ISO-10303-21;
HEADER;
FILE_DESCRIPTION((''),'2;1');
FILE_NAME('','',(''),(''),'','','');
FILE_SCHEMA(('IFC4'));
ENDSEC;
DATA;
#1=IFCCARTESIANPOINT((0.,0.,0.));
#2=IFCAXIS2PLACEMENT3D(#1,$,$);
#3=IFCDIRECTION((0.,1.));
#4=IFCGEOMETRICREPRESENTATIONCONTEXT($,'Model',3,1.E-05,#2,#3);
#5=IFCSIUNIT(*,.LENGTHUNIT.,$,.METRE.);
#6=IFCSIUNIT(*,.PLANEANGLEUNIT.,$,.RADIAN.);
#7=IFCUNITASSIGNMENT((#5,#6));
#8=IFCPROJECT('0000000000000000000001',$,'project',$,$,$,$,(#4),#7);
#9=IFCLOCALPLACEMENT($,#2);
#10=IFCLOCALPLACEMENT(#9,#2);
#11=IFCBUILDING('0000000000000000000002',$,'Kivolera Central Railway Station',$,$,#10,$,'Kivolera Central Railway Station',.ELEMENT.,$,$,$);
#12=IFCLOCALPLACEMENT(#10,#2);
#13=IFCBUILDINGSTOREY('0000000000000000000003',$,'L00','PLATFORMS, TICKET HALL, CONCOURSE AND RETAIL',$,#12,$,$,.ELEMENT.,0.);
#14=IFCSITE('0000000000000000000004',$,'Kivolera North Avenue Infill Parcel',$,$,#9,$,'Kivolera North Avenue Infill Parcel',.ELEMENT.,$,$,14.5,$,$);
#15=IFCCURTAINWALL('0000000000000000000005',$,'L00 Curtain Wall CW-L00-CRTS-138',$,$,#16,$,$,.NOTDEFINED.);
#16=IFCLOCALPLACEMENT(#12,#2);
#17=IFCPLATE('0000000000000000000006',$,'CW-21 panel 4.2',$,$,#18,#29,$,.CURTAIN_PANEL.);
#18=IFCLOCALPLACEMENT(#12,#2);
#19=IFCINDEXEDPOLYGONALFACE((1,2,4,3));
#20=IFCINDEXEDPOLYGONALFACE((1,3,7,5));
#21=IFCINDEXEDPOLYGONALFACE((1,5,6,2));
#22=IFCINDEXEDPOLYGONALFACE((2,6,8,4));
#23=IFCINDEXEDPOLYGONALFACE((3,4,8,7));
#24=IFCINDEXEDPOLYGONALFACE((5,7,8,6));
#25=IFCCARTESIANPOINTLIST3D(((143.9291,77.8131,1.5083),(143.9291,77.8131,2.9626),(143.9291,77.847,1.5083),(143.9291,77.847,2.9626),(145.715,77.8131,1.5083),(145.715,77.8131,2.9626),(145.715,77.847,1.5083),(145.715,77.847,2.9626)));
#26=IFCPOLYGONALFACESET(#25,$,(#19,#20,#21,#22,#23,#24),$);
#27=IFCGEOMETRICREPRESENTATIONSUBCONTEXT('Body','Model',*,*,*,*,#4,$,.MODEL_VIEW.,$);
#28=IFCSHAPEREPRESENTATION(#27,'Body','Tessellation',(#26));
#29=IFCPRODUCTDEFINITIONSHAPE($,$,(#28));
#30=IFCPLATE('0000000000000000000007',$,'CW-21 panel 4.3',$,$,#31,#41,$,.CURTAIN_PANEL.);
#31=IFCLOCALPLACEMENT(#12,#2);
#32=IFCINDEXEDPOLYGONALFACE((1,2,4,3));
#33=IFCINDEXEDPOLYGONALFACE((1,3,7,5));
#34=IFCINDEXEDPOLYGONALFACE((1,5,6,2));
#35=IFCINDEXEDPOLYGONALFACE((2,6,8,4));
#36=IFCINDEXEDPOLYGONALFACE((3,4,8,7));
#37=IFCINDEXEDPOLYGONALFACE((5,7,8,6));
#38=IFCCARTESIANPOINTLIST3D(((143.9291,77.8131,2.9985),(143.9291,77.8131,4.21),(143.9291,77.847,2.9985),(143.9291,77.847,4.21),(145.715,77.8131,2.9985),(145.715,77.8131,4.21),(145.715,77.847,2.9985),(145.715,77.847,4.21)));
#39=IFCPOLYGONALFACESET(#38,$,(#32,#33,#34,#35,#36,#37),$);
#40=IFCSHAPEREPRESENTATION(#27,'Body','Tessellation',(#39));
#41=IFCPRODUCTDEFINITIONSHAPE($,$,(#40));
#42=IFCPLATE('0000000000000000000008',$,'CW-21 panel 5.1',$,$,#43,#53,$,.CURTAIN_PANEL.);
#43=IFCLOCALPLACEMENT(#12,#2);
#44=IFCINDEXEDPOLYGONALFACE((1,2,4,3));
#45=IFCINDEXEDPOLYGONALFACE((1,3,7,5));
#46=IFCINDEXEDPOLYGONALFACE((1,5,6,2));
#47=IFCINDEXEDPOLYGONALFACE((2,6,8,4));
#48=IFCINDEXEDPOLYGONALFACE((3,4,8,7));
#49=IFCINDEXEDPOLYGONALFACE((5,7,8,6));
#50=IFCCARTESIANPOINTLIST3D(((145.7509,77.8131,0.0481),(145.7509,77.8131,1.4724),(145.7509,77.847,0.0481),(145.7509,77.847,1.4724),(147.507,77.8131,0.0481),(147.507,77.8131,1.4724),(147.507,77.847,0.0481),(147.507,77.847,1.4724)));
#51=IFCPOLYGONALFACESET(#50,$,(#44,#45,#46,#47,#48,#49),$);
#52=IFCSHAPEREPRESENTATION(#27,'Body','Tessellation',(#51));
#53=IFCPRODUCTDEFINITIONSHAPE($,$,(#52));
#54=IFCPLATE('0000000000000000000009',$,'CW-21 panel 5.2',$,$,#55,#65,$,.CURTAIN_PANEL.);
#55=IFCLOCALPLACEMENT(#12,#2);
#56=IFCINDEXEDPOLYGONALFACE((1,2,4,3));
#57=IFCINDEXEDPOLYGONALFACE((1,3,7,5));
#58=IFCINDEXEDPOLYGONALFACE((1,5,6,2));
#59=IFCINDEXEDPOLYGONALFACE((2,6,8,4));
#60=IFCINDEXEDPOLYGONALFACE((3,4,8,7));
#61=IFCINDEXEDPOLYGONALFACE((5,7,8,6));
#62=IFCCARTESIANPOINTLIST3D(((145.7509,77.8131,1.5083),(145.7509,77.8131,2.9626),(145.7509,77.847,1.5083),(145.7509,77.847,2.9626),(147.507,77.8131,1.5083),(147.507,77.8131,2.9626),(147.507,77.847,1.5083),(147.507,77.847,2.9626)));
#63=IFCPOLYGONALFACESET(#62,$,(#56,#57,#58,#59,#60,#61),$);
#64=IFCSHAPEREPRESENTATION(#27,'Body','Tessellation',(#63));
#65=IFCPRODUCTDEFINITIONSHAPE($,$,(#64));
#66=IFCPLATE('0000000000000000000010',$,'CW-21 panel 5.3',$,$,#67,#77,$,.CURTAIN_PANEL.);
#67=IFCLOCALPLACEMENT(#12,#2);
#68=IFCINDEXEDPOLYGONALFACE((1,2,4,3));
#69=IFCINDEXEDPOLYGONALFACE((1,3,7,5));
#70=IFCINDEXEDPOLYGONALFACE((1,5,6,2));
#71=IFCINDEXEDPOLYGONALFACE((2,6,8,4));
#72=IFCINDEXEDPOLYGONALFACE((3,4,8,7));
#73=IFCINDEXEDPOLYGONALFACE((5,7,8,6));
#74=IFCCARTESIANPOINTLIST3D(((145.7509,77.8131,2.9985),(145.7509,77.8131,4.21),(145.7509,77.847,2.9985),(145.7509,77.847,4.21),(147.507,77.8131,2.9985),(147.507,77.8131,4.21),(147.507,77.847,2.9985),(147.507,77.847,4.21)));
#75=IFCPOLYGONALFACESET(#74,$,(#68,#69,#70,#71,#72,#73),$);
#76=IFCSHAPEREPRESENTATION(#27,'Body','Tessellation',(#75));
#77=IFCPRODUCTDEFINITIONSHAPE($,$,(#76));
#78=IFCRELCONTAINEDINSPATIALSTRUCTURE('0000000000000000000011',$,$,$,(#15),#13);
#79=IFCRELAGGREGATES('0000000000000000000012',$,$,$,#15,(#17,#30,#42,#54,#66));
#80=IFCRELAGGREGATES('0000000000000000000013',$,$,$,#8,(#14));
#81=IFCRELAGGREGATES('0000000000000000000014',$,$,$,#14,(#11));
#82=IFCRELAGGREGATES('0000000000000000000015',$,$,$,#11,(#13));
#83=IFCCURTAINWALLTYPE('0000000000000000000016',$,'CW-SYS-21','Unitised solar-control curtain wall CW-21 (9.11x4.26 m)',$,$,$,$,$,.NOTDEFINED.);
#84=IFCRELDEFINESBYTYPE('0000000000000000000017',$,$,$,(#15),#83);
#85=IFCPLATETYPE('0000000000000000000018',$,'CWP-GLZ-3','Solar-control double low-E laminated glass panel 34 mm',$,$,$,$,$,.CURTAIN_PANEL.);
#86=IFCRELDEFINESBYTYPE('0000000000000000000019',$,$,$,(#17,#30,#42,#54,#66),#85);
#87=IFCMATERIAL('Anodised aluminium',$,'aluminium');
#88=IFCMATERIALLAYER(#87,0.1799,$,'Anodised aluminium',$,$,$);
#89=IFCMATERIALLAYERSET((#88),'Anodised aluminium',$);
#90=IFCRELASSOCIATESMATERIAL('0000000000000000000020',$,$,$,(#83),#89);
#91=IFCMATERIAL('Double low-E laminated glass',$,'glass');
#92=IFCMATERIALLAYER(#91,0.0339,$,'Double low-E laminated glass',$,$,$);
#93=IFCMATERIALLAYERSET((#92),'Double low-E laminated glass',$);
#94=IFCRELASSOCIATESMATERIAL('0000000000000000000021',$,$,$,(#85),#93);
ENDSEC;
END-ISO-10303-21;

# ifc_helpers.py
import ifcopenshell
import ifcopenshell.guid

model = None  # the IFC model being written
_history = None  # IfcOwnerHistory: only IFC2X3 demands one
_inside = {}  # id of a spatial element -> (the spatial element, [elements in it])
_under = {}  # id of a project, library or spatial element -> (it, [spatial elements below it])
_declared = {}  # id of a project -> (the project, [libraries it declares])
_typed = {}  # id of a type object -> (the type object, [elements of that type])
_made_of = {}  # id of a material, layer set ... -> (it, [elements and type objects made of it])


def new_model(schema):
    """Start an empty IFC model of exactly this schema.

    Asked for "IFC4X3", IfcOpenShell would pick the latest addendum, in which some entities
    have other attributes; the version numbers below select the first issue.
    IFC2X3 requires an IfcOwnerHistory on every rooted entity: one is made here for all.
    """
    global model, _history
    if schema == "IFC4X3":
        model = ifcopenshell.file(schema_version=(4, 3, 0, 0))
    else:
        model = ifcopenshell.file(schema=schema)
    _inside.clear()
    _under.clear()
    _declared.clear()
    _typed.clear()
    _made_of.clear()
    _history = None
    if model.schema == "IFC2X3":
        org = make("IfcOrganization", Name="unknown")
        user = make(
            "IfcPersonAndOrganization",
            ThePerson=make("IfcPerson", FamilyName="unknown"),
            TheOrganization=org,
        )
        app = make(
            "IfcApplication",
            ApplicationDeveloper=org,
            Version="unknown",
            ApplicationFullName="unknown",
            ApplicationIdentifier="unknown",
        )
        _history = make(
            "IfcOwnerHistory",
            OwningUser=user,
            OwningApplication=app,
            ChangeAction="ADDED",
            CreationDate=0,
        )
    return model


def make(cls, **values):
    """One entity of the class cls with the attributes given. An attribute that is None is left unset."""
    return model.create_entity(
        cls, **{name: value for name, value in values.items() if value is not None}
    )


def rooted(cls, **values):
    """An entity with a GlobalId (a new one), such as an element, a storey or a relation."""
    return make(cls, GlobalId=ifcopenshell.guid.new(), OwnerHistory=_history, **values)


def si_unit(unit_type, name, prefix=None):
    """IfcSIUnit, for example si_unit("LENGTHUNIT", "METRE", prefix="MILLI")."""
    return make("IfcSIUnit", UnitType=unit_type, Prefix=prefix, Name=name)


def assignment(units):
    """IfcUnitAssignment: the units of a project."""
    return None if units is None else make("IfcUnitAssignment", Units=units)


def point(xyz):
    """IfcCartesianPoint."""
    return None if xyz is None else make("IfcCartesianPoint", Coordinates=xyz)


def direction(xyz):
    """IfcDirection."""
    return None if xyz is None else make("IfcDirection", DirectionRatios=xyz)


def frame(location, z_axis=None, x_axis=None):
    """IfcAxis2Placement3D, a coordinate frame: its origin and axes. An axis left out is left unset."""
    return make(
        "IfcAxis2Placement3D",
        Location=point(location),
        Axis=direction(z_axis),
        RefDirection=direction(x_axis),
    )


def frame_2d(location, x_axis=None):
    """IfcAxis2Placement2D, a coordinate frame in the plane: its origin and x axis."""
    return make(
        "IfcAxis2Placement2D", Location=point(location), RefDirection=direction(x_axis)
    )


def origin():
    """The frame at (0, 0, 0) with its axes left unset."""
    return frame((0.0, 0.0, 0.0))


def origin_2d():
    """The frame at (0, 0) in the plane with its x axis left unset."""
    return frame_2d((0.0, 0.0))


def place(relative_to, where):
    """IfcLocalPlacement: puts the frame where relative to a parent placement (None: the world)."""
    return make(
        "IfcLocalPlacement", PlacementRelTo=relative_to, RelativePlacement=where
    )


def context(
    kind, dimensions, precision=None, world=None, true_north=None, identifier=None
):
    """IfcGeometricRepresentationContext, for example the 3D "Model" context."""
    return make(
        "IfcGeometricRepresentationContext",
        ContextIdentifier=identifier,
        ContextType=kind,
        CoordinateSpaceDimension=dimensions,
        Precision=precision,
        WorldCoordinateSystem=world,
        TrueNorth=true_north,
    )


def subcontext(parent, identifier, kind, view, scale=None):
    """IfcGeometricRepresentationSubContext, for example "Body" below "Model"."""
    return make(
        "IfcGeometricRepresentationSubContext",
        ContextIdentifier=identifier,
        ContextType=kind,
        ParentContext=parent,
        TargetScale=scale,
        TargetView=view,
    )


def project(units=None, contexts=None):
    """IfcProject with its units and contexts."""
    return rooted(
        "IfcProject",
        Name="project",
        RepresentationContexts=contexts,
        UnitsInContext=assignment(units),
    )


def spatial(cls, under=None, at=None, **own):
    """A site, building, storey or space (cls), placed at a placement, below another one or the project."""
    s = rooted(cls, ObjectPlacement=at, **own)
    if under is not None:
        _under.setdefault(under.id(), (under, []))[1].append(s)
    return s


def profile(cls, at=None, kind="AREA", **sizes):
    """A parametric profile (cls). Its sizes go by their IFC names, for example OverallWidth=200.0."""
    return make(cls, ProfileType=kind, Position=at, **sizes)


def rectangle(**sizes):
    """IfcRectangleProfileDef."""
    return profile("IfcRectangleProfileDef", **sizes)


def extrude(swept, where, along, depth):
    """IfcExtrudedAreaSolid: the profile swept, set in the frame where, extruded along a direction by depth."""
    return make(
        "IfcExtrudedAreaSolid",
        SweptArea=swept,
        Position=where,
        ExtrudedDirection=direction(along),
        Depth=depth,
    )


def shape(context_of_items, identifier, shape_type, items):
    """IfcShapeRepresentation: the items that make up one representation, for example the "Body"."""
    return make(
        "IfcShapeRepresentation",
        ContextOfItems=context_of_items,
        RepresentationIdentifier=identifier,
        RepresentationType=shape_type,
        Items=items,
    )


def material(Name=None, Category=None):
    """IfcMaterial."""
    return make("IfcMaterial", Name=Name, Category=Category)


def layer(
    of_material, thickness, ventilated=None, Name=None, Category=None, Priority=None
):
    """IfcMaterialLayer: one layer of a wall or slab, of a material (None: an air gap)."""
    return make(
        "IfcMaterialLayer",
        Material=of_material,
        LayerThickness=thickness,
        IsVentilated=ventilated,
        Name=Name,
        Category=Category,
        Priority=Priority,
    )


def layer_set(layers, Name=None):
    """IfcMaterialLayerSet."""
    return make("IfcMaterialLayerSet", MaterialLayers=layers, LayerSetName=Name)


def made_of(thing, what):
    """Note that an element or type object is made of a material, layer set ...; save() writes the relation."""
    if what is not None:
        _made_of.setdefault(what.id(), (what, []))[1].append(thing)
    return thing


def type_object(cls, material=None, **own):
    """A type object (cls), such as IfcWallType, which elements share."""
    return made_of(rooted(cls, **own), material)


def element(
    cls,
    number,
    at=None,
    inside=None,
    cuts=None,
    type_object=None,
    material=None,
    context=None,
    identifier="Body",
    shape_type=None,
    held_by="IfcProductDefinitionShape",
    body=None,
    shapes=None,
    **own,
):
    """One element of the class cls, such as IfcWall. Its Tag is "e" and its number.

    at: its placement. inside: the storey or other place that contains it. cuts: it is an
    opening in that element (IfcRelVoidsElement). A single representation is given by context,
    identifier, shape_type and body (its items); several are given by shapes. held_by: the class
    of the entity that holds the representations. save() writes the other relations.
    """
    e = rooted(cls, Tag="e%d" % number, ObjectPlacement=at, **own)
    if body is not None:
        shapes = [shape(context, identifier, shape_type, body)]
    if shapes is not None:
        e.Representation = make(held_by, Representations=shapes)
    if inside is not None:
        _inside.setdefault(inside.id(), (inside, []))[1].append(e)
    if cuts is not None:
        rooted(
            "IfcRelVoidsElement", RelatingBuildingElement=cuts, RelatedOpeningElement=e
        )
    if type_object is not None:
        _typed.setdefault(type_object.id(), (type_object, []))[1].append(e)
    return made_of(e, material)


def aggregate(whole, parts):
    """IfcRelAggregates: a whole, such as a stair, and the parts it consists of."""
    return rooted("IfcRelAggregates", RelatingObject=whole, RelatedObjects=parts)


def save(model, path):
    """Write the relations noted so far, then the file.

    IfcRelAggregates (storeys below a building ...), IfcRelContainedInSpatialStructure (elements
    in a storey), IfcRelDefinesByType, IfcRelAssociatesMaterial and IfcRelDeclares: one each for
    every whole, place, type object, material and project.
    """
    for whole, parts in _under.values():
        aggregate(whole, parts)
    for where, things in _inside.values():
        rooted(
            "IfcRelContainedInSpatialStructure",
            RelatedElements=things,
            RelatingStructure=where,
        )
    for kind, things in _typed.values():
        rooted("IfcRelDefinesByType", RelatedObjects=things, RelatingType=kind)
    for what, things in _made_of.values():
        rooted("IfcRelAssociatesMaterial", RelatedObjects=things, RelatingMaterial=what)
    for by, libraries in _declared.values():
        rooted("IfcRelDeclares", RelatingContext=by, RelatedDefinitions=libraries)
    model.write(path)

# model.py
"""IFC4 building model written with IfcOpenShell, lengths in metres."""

from ifc_helpers import new_model, si_unit, direction, frame, origin, origin_2d, place, context, subcontext, project, spatial, rectangle, extrude, material, layer, layer_set, type_object, element, aggregate, save


model = new_model("IFC4")

# Units and contexts
model_context = context("Model", 3, precision=1e-05, world=origin(), true_north=direction((0.0, 1.0)))
body_context = subcontext(model_context, "Body", "Model", "MODEL_VIEW")
ifc_project = project(units=[si_unit("LENGTHUNIT", "METRE"), si_unit("PLANEANGLEUNIT", "RADIAN")], contexts=[model_context])

# Site, building, storey
site_placement = place(None, origin())
site = spatial("IfcSite", under=ifc_project, at=site_placement, Name="Kivolera North Avenue Infill Parcel", LongName="Kivolera North Avenue Infill Parcel", CompositionType="ELEMENT", RefElevation=14.5)
building_placement = place(site_placement, origin())
building = spatial("IfcBuilding", under=site, at=building_placement, Name="Kivolera Central Railway Station", LongName="Kivolera Central Railway Station", CompositionType="ELEMENT")
storey_placement = place(building_placement, origin())
storey = spatial("IfcBuildingStorey", under=building, at=storey_placement, Name="L00", Description="PLATFORMS, TICKET HALL, CONCOURSE AND RETAIL", CompositionType="ELEMENT", Elevation=0.0)

# Curtain wall, plates
ifc_material_1 = material(Name="Anodised aluminium", Category="aluminium")
ifc_layer_1 = layer(ifc_material_1, 0.1799, Name="Anodised aluminium")
ifc_layer_set_1 = layer_set([ifc_layer_1], Name="Anodised aluminium")
curtain_wall_type = type_object("IfcCurtainWallType", Name="CW-SYS-21", Description="Unitised solar-control curtain wall CW-21 (9.11x4.26 m)", PredefinedType="NOTDEFINED", material=ifc_layer_set_1)
curtain_wall_placement = place(storey_placement, origin())
curtain_wall = element("IfcCurtainWall", 1, at=curtain_wall_placement, inside=storey, type_object=curtain_wall_type, Name="L00 Curtain Wall CW-L00-CRTS-138", PredefinedType="NOTDEFINED")
ifc_material_2 = material(Name="Double low-E laminated glass", Category="glass")
ifc_layer_2 = layer(ifc_material_2, 0.0339, Name="Double low-E laminated glass")
ifc_layer_set_2 = layer_set([ifc_layer_2], Name="Double low-E laminated glass")
plate_type = type_object("IfcPlateType", Name="CWP-GLZ-3", Description="Solar-control double low-E laminated glass panel 34 mm", PredefinedType="CURTAIN_PANEL", material=ifc_layer_set_2)
plate_1_placement = place(storey_placement, frame((144.822, 77.8301, 1.5083), z_axis=(0.0, 0.0, 1.0), x_axis=(1.0, 0.0, 0.0)))
plate_1 = element("IfcPlate", 2, at=plate_1_placement, type_object=plate_type, Name="CW-21 panel 4.2", PredefinedType="CURTAIN_PANEL", context=body_context, shape_type="SweptSolid", body=[
    extrude(rectangle(XDim=1.7859, YDim=0.0339, at=origin_2d()), origin(), (0.0, 0.0, 1.0), 1.4543),
])
plate_2_placement = place(storey_placement, frame((144.822, 77.8301, 2.9985), z_axis=(0.0, 0.0, 1.0), x_axis=(1.0, 0.0, 0.0)))
plate_2 = element("IfcPlate", 3, at=plate_2_placement, type_object=plate_type, Name="CW-21 panel 4.3", PredefinedType="CURTAIN_PANEL", context=body_context, shape_type="SweptSolid", body=[
    extrude(rectangle(XDim=1.7859, YDim=0.0339, at=origin_2d()), origin(), (0.0, 0.0, 1.0), 1.2114),
])
plate_3_placement = place(storey_placement, frame((146.6289, 77.8301, 0.0481), z_axis=(0.0, 0.0, 1.0), x_axis=(1.0, 0.0, 0.0)))
plate_3 = element("IfcPlate", 4, at=plate_3_placement, type_object=plate_type, Name="CW-21 panel 5.1", PredefinedType="CURTAIN_PANEL", context=body_context, shape_type="SweptSolid", body=[
    extrude(rectangle(XDim=1.7561, YDim=0.0339, at=origin_2d()), origin(), (0.0, 0.0, 1.0), 1.4243),
])
plate_4_placement = place(storey_placement, frame((146.6289, 77.8301, 1.5083), z_axis=(0.0, 0.0, 1.0), x_axis=(1.0, 0.0, 0.0)))
plate_4 = element("IfcPlate", 5, at=plate_4_placement, type_object=plate_type, Name="CW-21 panel 5.2", PredefinedType="CURTAIN_PANEL", context=body_context, shape_type="SweptSolid", body=[
    extrude(rectangle(XDim=1.7561, YDim=0.0339, at=origin_2d()), origin(), (0.0, 0.0, 1.0), 1.4543),
])
plate_5_placement = place(storey_placement, frame((146.6289, 77.8301, 2.9985), z_axis=(0.0, 0.0, 1.0), x_axis=(1.0, 0.0, 0.0)))
plate_5 = element("IfcPlate", 6, at=plate_5_placement, type_object=plate_type, Name="CW-21 panel 5.3", PredefinedType="CURTAIN_PANEL", context=body_context, shape_type="SweptSolid", body=[
    extrude(rectangle(XDim=1.7561, YDim=0.0339, at=origin_2d()), origin(), (0.0, 0.0, 1.0), 1.2114),
])
aggregate(curtain_wall, [plate_1, plate_2, plate_3, plate_4, plate_5])

save(model, "model.ifc")
